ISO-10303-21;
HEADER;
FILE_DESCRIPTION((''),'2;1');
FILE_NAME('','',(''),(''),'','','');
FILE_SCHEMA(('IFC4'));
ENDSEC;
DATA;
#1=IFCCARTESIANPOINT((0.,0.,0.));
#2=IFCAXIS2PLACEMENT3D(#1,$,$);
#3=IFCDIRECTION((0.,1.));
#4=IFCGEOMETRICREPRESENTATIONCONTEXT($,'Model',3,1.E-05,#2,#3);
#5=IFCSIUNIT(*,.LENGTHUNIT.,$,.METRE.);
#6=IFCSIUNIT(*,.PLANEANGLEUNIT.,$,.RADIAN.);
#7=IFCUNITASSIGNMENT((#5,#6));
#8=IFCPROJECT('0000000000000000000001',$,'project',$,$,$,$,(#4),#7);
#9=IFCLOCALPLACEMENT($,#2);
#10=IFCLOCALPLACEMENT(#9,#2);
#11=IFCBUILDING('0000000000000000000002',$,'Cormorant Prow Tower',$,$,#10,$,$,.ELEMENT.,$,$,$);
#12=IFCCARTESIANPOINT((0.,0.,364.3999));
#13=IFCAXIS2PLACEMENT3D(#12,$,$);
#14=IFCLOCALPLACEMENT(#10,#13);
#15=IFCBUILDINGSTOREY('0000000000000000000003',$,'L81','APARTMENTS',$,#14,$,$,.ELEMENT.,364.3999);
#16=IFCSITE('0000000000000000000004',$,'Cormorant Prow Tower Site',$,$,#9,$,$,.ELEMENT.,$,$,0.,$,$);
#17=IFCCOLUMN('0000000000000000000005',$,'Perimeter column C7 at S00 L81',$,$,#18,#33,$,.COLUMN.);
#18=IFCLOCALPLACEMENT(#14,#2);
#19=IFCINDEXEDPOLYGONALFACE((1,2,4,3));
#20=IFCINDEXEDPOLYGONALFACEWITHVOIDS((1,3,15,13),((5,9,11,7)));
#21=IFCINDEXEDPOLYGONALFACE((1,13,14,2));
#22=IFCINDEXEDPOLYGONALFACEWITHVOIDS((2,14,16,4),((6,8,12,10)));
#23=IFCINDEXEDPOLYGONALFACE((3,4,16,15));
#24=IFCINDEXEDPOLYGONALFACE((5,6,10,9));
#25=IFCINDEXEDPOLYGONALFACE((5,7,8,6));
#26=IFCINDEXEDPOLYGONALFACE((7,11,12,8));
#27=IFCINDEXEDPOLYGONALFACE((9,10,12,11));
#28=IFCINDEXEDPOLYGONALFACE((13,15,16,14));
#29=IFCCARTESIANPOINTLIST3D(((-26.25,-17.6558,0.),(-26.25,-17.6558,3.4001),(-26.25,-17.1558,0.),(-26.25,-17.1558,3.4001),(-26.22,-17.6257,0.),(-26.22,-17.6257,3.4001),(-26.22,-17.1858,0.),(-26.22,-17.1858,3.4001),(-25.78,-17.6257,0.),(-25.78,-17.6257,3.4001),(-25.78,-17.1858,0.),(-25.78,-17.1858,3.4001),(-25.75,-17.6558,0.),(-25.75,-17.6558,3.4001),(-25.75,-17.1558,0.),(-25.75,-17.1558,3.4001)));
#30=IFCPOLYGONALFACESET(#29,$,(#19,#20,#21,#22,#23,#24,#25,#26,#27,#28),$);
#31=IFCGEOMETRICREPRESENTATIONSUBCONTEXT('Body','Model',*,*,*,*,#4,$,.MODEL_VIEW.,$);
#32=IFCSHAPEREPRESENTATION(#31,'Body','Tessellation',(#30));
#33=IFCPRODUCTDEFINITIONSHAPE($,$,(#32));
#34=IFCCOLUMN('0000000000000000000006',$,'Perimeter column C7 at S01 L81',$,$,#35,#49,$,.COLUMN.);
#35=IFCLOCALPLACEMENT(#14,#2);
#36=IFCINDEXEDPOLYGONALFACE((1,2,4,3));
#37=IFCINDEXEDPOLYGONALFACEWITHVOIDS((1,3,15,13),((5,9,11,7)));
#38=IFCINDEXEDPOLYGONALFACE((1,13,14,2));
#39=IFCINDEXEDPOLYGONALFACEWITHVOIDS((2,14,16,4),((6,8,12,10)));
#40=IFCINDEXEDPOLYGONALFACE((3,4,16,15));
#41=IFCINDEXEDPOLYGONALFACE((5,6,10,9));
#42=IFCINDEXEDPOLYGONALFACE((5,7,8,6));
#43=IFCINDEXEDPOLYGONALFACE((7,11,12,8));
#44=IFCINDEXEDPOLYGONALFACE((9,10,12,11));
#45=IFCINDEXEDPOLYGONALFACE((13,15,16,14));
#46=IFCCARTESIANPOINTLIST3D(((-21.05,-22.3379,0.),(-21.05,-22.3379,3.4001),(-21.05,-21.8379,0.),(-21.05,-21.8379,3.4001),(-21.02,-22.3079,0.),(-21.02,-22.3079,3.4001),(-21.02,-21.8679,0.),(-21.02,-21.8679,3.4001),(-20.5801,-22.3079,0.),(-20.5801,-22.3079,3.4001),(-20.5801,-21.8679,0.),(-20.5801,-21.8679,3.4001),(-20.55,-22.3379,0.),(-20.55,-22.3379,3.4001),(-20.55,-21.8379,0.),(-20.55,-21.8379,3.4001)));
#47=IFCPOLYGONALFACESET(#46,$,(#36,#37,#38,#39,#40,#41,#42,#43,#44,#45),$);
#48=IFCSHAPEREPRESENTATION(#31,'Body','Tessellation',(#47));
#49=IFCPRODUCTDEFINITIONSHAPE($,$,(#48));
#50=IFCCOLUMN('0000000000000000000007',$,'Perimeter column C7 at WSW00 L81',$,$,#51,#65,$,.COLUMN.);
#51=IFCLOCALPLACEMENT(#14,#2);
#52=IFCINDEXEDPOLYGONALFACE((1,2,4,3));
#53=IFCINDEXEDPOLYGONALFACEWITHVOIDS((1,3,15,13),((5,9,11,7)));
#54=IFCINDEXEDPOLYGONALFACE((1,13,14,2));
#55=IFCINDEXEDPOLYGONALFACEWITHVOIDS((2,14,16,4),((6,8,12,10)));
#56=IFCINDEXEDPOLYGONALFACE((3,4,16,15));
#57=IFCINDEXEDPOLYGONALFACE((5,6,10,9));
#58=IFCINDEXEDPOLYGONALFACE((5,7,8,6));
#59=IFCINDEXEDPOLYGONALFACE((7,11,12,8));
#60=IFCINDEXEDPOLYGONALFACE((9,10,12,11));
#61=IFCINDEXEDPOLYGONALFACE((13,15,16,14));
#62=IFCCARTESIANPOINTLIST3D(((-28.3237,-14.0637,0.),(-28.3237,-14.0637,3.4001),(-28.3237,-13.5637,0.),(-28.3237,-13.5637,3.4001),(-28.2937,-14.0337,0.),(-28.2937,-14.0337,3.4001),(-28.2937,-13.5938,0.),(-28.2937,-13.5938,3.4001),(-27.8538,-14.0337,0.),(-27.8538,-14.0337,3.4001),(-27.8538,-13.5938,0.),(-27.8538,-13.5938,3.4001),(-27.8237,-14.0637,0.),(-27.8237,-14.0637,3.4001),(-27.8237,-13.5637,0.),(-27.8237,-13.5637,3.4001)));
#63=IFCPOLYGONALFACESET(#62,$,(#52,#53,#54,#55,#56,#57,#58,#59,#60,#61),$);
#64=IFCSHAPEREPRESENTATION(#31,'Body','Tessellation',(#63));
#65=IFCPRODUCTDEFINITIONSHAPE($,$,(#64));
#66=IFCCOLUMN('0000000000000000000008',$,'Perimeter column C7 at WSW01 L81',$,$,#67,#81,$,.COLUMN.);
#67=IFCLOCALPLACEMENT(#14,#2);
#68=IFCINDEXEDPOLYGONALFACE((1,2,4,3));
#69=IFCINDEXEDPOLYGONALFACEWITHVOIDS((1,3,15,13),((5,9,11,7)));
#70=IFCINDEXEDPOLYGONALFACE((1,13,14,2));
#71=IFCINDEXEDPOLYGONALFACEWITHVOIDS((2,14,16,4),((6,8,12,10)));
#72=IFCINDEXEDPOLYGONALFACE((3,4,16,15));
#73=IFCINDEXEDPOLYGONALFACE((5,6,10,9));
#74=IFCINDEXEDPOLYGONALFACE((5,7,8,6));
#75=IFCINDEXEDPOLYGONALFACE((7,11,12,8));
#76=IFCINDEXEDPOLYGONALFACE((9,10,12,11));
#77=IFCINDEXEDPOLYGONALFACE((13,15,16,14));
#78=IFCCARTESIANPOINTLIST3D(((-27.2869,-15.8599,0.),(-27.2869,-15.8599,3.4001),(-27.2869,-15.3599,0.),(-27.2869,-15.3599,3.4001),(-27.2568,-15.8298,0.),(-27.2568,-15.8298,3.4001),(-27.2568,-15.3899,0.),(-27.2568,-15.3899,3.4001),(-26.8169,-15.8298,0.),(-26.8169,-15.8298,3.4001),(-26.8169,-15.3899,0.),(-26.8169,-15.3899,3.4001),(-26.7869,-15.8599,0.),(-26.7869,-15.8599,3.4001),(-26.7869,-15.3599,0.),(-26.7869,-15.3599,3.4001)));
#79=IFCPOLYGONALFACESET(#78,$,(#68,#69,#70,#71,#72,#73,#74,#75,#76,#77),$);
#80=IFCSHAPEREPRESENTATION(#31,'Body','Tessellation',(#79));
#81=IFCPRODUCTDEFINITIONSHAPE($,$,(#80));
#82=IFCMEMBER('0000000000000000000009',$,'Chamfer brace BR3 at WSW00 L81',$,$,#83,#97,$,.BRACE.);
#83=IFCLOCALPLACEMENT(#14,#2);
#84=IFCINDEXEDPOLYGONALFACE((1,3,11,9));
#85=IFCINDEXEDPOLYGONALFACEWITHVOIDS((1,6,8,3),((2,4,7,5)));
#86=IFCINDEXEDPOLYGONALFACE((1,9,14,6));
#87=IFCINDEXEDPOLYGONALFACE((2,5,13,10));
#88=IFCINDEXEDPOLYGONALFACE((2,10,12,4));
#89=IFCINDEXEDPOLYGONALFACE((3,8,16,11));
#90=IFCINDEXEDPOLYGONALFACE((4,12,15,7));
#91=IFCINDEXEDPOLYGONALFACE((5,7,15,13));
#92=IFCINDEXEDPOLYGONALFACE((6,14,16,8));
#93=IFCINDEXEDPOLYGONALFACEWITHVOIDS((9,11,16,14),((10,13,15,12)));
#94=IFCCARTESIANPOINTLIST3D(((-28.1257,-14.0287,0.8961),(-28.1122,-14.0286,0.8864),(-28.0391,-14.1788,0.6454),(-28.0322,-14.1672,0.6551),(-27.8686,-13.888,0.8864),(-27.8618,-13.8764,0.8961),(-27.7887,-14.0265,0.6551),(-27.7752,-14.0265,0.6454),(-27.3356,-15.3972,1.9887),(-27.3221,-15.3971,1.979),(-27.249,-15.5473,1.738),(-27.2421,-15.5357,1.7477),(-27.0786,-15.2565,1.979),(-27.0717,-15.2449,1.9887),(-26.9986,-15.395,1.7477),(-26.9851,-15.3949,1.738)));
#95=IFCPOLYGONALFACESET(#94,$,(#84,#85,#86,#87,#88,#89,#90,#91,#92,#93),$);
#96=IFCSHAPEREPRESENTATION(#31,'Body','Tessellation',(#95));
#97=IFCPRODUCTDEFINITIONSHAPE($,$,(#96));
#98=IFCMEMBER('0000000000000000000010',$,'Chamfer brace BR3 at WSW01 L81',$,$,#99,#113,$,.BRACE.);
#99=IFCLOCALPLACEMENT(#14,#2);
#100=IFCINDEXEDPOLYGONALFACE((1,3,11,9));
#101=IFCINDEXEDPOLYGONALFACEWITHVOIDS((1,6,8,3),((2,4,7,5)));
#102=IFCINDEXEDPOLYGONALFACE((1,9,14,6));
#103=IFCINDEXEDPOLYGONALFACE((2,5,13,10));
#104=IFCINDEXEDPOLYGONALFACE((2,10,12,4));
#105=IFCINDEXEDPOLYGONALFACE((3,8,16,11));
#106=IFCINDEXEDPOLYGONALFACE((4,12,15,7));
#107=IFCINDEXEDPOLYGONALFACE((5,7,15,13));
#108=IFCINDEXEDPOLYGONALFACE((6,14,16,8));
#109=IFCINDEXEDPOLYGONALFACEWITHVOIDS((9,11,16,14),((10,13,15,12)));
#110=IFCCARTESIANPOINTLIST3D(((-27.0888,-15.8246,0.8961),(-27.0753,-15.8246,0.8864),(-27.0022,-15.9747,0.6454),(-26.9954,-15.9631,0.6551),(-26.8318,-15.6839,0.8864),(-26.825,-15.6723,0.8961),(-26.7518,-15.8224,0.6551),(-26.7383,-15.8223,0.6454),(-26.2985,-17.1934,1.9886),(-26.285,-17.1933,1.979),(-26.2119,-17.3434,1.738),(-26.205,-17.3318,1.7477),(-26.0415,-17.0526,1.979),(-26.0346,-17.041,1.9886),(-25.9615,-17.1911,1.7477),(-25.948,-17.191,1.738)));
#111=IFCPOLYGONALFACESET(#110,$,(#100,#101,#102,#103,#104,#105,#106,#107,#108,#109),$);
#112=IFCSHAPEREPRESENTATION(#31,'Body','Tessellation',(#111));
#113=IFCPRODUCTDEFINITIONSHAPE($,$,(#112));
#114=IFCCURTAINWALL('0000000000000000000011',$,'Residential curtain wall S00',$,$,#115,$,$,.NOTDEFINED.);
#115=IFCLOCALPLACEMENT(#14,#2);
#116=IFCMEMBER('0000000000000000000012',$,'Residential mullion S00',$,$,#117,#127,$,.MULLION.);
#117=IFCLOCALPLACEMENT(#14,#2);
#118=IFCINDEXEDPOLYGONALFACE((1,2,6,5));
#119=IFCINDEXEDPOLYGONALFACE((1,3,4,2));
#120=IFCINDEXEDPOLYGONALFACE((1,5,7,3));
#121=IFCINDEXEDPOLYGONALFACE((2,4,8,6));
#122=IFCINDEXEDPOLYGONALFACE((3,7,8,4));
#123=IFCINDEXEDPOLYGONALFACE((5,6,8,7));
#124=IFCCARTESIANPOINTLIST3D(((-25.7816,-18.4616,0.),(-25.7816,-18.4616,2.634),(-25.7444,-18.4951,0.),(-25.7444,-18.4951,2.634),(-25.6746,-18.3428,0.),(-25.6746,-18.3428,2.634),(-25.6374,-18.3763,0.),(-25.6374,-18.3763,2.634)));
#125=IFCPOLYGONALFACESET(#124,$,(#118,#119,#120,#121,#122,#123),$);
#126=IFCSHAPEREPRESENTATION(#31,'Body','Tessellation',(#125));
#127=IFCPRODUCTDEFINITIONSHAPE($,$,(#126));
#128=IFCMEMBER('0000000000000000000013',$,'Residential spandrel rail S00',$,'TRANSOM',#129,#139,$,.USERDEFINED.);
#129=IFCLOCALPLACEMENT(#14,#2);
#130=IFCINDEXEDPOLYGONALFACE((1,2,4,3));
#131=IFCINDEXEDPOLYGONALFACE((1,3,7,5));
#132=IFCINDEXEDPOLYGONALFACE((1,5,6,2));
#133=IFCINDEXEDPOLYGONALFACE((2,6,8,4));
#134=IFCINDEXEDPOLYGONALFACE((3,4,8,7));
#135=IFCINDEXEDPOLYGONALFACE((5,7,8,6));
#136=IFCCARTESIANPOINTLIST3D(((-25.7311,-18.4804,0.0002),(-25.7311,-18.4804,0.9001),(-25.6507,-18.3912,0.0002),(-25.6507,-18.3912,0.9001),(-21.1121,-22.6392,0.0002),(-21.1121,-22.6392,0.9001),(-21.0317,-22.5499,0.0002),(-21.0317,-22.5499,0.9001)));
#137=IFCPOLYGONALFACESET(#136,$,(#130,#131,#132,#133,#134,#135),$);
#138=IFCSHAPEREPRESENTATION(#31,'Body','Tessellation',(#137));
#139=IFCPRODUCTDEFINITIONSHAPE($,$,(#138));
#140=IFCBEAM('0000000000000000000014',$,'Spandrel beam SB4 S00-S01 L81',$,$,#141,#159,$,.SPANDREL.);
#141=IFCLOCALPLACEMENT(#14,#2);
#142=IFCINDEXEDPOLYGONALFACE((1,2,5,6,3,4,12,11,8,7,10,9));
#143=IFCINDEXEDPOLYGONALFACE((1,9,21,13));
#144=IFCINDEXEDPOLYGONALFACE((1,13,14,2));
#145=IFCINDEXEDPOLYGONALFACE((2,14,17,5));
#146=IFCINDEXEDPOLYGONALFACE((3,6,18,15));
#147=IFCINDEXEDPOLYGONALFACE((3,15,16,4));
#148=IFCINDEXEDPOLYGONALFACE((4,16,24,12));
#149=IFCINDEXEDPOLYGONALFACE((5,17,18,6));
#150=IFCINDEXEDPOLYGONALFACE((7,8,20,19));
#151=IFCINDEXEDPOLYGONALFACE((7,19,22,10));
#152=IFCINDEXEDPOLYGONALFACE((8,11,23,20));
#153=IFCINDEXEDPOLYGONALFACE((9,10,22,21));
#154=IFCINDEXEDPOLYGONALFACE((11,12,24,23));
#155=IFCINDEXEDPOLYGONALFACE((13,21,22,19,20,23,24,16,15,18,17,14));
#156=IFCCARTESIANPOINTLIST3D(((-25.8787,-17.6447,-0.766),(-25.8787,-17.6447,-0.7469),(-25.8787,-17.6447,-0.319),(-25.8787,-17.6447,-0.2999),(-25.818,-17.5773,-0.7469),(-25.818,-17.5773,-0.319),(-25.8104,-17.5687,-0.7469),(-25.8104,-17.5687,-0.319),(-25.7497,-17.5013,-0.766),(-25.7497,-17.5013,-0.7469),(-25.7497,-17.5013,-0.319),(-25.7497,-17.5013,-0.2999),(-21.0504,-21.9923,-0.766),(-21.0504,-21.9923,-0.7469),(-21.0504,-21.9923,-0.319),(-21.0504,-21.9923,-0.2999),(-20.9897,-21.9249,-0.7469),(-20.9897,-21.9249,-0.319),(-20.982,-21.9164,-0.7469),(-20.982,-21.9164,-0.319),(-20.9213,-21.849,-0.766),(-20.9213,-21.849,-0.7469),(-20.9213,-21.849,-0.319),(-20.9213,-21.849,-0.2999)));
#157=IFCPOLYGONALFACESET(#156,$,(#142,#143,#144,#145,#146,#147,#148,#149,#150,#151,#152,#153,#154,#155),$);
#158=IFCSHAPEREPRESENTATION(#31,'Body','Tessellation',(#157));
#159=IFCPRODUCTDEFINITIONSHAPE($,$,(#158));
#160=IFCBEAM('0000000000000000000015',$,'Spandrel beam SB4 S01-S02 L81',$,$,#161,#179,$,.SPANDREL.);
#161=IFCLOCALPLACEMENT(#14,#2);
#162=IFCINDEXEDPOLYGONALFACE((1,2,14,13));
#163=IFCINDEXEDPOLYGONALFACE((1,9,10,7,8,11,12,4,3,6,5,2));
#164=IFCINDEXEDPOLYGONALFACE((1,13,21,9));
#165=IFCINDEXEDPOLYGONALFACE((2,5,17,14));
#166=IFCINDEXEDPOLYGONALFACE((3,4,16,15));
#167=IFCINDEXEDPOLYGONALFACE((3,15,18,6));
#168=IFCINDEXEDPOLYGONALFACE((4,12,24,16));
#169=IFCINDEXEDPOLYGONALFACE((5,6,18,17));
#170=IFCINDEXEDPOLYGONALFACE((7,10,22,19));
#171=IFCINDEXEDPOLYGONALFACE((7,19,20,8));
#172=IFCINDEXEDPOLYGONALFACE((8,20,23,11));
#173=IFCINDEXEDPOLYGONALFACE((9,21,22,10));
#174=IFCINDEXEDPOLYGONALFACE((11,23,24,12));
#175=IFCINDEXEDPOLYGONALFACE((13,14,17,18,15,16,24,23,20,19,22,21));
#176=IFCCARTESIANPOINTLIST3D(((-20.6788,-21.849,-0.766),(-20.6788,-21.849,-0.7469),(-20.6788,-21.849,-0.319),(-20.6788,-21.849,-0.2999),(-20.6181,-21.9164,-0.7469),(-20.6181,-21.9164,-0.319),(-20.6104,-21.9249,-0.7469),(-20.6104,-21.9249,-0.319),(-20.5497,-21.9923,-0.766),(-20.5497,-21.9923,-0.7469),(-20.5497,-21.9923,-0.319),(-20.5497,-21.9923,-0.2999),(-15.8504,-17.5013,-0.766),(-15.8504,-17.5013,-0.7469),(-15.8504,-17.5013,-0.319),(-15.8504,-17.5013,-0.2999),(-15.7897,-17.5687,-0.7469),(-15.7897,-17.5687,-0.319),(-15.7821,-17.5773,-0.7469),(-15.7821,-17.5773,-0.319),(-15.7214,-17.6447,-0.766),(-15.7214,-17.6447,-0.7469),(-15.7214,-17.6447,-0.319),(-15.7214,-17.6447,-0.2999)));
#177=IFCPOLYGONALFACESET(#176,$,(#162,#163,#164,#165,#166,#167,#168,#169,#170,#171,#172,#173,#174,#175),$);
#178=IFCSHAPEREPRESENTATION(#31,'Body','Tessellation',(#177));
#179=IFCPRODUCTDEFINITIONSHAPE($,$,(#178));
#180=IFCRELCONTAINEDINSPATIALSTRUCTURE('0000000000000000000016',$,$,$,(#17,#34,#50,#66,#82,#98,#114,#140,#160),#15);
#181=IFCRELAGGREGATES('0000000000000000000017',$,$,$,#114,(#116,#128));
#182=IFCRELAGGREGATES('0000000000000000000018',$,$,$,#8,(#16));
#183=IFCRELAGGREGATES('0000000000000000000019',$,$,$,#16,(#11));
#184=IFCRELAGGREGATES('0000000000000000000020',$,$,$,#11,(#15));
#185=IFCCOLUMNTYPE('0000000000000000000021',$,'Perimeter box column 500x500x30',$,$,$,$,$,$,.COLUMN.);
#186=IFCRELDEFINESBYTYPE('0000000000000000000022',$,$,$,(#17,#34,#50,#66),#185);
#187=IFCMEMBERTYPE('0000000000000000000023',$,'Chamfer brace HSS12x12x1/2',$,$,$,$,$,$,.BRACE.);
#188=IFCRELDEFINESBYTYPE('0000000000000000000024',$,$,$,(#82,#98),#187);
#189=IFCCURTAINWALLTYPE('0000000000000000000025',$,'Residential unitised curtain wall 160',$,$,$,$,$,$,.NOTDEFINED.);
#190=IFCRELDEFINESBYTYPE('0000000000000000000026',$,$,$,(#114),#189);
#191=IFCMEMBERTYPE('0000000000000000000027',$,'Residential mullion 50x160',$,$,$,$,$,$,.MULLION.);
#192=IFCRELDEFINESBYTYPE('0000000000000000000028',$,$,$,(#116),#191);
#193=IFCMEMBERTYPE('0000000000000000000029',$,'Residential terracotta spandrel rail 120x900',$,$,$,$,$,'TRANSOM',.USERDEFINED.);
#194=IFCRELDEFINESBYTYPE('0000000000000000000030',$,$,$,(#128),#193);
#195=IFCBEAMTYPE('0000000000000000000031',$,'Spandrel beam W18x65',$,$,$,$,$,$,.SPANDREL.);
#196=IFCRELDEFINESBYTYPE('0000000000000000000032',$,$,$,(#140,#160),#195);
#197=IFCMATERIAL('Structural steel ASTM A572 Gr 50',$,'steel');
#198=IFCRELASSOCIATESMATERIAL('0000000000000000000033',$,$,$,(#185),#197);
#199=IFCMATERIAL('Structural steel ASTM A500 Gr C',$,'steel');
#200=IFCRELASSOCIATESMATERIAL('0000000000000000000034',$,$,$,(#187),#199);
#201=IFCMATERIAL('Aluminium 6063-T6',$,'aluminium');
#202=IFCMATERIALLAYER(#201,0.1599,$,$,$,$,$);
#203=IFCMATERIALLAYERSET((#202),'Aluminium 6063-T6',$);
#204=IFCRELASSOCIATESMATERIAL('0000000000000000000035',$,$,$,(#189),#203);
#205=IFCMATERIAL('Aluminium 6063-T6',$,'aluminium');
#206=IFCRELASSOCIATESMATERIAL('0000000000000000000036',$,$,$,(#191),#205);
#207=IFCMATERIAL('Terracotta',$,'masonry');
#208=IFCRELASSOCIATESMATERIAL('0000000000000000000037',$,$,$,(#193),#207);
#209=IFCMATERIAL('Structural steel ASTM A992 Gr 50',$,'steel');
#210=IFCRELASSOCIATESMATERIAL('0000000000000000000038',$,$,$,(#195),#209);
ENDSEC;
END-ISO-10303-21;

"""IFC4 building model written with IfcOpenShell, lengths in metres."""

from ifc_helpers import new_model, si_unit, direction, frame, origin, origin_2d, place, context, subcontext, project, spatial, rectangle, hollow_rectangle, i_section, extrude, material, layer, layer_set, material_profile, profile_set, type_object, element, aggregate, save


model = new_model("IFC4")

# Units and contexts
model_context = context("Model", 3, precision=1e-05, world=origin(), true_north=direction((0.0, 1.0)))
body_context = subcontext(model_context, "Body", "Model", "MODEL_VIEW")
ifc_project = project(units=[si_unit("LENGTHUNIT", "METRE"), si_unit("PLANEANGLEUNIT", "RADIAN")], contexts=[model_context])

# Site, building, storey
site_placement = place(None, origin())
site = spatial("IfcSite", under=ifc_project, at=site_placement, Name="Cormorant Prow Tower Site", CompositionType="ELEMENT", RefElevation=0.0)
building_placement = place(site_placement, origin())
building = spatial("IfcBuilding", under=site, at=building_placement, Name="Cormorant Prow Tower", CompositionType="ELEMENT")
storey_placement = place(building_placement, frame((0.0, 0.0, 364.3999)))
storey = spatial("IfcBuildingStorey", under=building, at=storey_placement, Name="L81", Description="APARTMENTS", CompositionType="ELEMENT", Elevation=364.3999)

# Columns
ifc_material_1 = material(Name="Structural steel ASTM A572 Gr 50", Category="steel")
ifc_material_profile_1 = material_profile(ifc_material_1, hollow_rectangle(XDim=0.5, YDim=0.5, WallThickness=0.03, at=origin_2d()), Name="Box 500x500x30")
ifc_profile_set_1 = profile_set([ifc_material_profile_1], Name="Structural steel ASTM A572 Gr 50")
column_type = type_object("IfcColumnType", Name="Perimeter box column 500x500x30", PredefinedType="COLUMN", material=ifc_profile_set_1)
for number, where, z_axis, x_axis, name in (
    (1, (-26.0, -17.4058, 0.0), (0.0, 0.0, 1.0), (1.0, 0.0, 0.0), "Perimeter column C7 at S00 L81"),
    (2, (-20.8, -22.0879, 0.0), (0.0, 0.0, 1.0), (1.0, 0.0, 0.0), "Perimeter column C7 at S01 L81"),
    (3, (-28.0737, -13.8137, 0.0), (0.0, 0.0, 1.0), (1.0, 0.0, 0.0), "Perimeter column C7 at WSW00 L81"),
    (4, (-27.0369, -15.6099, 0.0), (0.0, 0.0, 1.0), (1.0, 0.0, 0.0), "Perimeter column C7 at WSW01 L81"),
):
    element("IfcColumn", number, at=place(storey_placement, frame(where, z_axis=z_axis, x_axis=x_axis)), inside=storey, type_object=column_type, Name=name, PredefinedType="COLUMN", context=body_context, shape_type="SweptSolid", body=[
        extrude(hollow_rectangle(XDim=0.5, YDim=0.5, WallThickness=0.03, at=origin_2d()), origin(), (0.0, 0.0, 1.0), 3.4001),
    ])

# Members
ifc_material_2 = material(Name="Structural steel ASTM A500 Gr C", Category="steel")
ifc_material_profile_2 = material_profile(ifc_material_2, hollow_rectangle(XDim=0.3047, YDim=0.3047, WallThickness=0.0117, at=origin_2d()), Name="HSS12x12x1/2")
ifc_profile_set_2 = profile_set([ifc_material_profile_2], Name="Structural steel ASTM A500 Gr C")
member_type_1 = type_object("IfcMemberType", Name="Chamfer brace HSS12x12x1/2", PredefinedType="BRACE", material=ifc_profile_set_2)
member_1_placement = place(storey_placement, frame((-27.9504, -14.0276, 0.7708), z_axis=(0.41126, -0.712334, 0.568723), x_axis=(0.866029, 0.499994, 0.0)))
element("IfcMember", 5, at=member_1_placement, inside=storey, type_object=member_type_1, Name="Chamfer brace BR3 at WSW00 L81", PredefinedType="BRACE", context=body_context, shape_type="SweptSolid", body=[
    extrude(hollow_rectangle(XDim=0.3047, YDim=0.3047, WallThickness=0.0117, at=origin_2d()), origin(), (0.0, 0.0, 1.0), 1.9211),
])
member_2_placement = place(storey_placement, frame((-26.9136, -15.8235, 0.7708), z_axis=(0.411328, -0.712359, 0.568642), x_axis=(0.866, 0.500043, 0.0)))
element("IfcMember", 6, at=member_2_placement, inside=storey, type_object=member_type_1, Name="Chamfer brace BR3 at WSW01 L81", PredefinedType="BRACE", context=body_context, shape_type="SweptSolid", body=[
    extrude(hollow_rectangle(XDim=0.3047, YDim=0.3047, WallThickness=0.0117, at=origin_2d()), origin(), (0.0, 0.0, 1.0), 1.9214),
])

# Curtain wall, members
ifc_material_3 = material(Name="Aluminium 6063-T6", Category="aluminium")
ifc_layer_1 = layer(ifc_material_3, 0.1599)
ifc_layer_set_1 = layer_set([ifc_layer_1], Name="Aluminium 6063-T6")
curtain_wall_type = type_object("IfcCurtainWallType", Name="Residential unitised curtain wall 160", PredefinedType="NOTDEFINED", material=ifc_layer_set_1)
curtain_wall_placement = place(storey_placement, origin())
curtain_wall = element("IfcCurtainWall", 7, at=curtain_wall_placement, inside=storey, type_object=curtain_wall_type, Name="Residential curtain wall S00", PredefinedType="NOTDEFINED")
ifc_material_4 = material(Name="Aluminium 6063-T6", Category="aluminium")
ifc_material_profile_3 = material_profile(ifc_material_4, rectangle(XDim=0.1599, YDim=0.05, at=origin_2d()), Name="Residential mullion 50x160")
ifc_profile_set_3 = profile_set([ifc_material_profile_3], Name="Aluminium 6063-T6")
member_type_2 = type_object("IfcMemberType", Name="Residential mullion 50x160", PredefinedType="MULLION", material=ifc_profile_set_3)
member_3_placement = place(storey_placement, frame((-25.7095, -18.4189, 0.0), z_axis=(0.0, 0.0, 1.0), x_axis=(0.669131, 0.743145, 0.0)))
member_3 = element("IfcMember", 8, at=member_3_placement, type_object=member_type_2, Name="Residential mullion S00", PredefinedType="MULLION", context=body_context, shape_type="SweptSolid", body=[
    extrude(rectangle(XDim=0.1599, YDim=0.05, at=origin_2d()), origin(), (0.0, 0.0, 1.0), 2.634),
])
ifc_material_5 = material(Name="Terracotta", Category="masonry")
ifc_material_profile_4 = material_profile(ifc_material_5, rectangle(XDim=0.1201, YDim=0.8999, at=origin_2d()), Name="Residential terracotta spandrel rail 120x900")
ifc_profile_set_4 = profile_set([ifc_material_profile_4], Name="Terracotta")
member_type_3 = type_object("IfcMemberType", Name="Residential terracotta spandrel rail 120x900", ElementType="TRANSOM", PredefinedType="USERDEFINED", material=ifc_profile_set_4)
member_4_placement = place(storey_placement, frame((-25.6909, -18.4358, 0.4502), z_axis=(0.743159, -0.669114, 0.0), x_axis=(0.669114, 0.743159, 0.0)))
member_4 = element("IfcMember", 9, at=member_4_placement, type_object=member_type_3, Name="Residential spandrel rail S00", ObjectType="TRANSOM", PredefinedType="USERDEFINED", context=body_context, shape_type="SweptSolid", body=[
    extrude(rectangle(XDim=0.1201, YDim=0.8999, at=origin_2d()), origin(), (0.0, 0.0, 1.0), 6.2153),
])

# Beams
ifc_material_6 = material(Name="Structural steel ASTM A992 Gr 50", Category="steel")
ifc_material_profile_5 = material_profile(ifc_material_6, i_section(OverallWidth=0.1929, OverallDepth=0.4661, WebThickness=0.0115, FlangeThickness=0.019, at=origin_2d()), Name="W18x65")
ifc_profile_set_5 = profile_set([ifc_material_profile_5], Name="Structural steel ASTM A992 Gr 50")
beam_type = type_object("IfcBeamType", Name="Spandrel beam W18x65", PredefinedType="SPANDREL", material=ifc_profile_set_5)
for number, where, z_axis, x_axis, name in (
    (10, (-25.8142, -17.573, -0.533), (0.743132, -0.669145, 0.0), (0.669145, 0.743132, 0.0), "Spandrel beam SB4 S00-S01 L81"),
    (11, (-20.6143, -21.9207, -0.533), (0.743132, 0.669145, 0.0), (-0.669145, 0.743132, 0.0), "Spandrel beam SB4 S01-S02 L81"),
):
    element("IfcBeam", number, at=place(storey_placement, frame(where, z_axis=z_axis, x_axis=x_axis)), inside=storey, type_object=beam_type, Name=name, PredefinedType="SPANDREL", context=body_context, shape_type="SweptSolid", body=[
        extrude(i_section(OverallWidth=0.1929, OverallDepth=0.4661, WebThickness=0.0115, FlangeThickness=0.019, at=origin_2d()), origin(), (0.0, 0.0, 1.0), 6.4973),
    ])

aggregate(curtain_wall, [member_3, member_4])

save(model, "model.ifc")
